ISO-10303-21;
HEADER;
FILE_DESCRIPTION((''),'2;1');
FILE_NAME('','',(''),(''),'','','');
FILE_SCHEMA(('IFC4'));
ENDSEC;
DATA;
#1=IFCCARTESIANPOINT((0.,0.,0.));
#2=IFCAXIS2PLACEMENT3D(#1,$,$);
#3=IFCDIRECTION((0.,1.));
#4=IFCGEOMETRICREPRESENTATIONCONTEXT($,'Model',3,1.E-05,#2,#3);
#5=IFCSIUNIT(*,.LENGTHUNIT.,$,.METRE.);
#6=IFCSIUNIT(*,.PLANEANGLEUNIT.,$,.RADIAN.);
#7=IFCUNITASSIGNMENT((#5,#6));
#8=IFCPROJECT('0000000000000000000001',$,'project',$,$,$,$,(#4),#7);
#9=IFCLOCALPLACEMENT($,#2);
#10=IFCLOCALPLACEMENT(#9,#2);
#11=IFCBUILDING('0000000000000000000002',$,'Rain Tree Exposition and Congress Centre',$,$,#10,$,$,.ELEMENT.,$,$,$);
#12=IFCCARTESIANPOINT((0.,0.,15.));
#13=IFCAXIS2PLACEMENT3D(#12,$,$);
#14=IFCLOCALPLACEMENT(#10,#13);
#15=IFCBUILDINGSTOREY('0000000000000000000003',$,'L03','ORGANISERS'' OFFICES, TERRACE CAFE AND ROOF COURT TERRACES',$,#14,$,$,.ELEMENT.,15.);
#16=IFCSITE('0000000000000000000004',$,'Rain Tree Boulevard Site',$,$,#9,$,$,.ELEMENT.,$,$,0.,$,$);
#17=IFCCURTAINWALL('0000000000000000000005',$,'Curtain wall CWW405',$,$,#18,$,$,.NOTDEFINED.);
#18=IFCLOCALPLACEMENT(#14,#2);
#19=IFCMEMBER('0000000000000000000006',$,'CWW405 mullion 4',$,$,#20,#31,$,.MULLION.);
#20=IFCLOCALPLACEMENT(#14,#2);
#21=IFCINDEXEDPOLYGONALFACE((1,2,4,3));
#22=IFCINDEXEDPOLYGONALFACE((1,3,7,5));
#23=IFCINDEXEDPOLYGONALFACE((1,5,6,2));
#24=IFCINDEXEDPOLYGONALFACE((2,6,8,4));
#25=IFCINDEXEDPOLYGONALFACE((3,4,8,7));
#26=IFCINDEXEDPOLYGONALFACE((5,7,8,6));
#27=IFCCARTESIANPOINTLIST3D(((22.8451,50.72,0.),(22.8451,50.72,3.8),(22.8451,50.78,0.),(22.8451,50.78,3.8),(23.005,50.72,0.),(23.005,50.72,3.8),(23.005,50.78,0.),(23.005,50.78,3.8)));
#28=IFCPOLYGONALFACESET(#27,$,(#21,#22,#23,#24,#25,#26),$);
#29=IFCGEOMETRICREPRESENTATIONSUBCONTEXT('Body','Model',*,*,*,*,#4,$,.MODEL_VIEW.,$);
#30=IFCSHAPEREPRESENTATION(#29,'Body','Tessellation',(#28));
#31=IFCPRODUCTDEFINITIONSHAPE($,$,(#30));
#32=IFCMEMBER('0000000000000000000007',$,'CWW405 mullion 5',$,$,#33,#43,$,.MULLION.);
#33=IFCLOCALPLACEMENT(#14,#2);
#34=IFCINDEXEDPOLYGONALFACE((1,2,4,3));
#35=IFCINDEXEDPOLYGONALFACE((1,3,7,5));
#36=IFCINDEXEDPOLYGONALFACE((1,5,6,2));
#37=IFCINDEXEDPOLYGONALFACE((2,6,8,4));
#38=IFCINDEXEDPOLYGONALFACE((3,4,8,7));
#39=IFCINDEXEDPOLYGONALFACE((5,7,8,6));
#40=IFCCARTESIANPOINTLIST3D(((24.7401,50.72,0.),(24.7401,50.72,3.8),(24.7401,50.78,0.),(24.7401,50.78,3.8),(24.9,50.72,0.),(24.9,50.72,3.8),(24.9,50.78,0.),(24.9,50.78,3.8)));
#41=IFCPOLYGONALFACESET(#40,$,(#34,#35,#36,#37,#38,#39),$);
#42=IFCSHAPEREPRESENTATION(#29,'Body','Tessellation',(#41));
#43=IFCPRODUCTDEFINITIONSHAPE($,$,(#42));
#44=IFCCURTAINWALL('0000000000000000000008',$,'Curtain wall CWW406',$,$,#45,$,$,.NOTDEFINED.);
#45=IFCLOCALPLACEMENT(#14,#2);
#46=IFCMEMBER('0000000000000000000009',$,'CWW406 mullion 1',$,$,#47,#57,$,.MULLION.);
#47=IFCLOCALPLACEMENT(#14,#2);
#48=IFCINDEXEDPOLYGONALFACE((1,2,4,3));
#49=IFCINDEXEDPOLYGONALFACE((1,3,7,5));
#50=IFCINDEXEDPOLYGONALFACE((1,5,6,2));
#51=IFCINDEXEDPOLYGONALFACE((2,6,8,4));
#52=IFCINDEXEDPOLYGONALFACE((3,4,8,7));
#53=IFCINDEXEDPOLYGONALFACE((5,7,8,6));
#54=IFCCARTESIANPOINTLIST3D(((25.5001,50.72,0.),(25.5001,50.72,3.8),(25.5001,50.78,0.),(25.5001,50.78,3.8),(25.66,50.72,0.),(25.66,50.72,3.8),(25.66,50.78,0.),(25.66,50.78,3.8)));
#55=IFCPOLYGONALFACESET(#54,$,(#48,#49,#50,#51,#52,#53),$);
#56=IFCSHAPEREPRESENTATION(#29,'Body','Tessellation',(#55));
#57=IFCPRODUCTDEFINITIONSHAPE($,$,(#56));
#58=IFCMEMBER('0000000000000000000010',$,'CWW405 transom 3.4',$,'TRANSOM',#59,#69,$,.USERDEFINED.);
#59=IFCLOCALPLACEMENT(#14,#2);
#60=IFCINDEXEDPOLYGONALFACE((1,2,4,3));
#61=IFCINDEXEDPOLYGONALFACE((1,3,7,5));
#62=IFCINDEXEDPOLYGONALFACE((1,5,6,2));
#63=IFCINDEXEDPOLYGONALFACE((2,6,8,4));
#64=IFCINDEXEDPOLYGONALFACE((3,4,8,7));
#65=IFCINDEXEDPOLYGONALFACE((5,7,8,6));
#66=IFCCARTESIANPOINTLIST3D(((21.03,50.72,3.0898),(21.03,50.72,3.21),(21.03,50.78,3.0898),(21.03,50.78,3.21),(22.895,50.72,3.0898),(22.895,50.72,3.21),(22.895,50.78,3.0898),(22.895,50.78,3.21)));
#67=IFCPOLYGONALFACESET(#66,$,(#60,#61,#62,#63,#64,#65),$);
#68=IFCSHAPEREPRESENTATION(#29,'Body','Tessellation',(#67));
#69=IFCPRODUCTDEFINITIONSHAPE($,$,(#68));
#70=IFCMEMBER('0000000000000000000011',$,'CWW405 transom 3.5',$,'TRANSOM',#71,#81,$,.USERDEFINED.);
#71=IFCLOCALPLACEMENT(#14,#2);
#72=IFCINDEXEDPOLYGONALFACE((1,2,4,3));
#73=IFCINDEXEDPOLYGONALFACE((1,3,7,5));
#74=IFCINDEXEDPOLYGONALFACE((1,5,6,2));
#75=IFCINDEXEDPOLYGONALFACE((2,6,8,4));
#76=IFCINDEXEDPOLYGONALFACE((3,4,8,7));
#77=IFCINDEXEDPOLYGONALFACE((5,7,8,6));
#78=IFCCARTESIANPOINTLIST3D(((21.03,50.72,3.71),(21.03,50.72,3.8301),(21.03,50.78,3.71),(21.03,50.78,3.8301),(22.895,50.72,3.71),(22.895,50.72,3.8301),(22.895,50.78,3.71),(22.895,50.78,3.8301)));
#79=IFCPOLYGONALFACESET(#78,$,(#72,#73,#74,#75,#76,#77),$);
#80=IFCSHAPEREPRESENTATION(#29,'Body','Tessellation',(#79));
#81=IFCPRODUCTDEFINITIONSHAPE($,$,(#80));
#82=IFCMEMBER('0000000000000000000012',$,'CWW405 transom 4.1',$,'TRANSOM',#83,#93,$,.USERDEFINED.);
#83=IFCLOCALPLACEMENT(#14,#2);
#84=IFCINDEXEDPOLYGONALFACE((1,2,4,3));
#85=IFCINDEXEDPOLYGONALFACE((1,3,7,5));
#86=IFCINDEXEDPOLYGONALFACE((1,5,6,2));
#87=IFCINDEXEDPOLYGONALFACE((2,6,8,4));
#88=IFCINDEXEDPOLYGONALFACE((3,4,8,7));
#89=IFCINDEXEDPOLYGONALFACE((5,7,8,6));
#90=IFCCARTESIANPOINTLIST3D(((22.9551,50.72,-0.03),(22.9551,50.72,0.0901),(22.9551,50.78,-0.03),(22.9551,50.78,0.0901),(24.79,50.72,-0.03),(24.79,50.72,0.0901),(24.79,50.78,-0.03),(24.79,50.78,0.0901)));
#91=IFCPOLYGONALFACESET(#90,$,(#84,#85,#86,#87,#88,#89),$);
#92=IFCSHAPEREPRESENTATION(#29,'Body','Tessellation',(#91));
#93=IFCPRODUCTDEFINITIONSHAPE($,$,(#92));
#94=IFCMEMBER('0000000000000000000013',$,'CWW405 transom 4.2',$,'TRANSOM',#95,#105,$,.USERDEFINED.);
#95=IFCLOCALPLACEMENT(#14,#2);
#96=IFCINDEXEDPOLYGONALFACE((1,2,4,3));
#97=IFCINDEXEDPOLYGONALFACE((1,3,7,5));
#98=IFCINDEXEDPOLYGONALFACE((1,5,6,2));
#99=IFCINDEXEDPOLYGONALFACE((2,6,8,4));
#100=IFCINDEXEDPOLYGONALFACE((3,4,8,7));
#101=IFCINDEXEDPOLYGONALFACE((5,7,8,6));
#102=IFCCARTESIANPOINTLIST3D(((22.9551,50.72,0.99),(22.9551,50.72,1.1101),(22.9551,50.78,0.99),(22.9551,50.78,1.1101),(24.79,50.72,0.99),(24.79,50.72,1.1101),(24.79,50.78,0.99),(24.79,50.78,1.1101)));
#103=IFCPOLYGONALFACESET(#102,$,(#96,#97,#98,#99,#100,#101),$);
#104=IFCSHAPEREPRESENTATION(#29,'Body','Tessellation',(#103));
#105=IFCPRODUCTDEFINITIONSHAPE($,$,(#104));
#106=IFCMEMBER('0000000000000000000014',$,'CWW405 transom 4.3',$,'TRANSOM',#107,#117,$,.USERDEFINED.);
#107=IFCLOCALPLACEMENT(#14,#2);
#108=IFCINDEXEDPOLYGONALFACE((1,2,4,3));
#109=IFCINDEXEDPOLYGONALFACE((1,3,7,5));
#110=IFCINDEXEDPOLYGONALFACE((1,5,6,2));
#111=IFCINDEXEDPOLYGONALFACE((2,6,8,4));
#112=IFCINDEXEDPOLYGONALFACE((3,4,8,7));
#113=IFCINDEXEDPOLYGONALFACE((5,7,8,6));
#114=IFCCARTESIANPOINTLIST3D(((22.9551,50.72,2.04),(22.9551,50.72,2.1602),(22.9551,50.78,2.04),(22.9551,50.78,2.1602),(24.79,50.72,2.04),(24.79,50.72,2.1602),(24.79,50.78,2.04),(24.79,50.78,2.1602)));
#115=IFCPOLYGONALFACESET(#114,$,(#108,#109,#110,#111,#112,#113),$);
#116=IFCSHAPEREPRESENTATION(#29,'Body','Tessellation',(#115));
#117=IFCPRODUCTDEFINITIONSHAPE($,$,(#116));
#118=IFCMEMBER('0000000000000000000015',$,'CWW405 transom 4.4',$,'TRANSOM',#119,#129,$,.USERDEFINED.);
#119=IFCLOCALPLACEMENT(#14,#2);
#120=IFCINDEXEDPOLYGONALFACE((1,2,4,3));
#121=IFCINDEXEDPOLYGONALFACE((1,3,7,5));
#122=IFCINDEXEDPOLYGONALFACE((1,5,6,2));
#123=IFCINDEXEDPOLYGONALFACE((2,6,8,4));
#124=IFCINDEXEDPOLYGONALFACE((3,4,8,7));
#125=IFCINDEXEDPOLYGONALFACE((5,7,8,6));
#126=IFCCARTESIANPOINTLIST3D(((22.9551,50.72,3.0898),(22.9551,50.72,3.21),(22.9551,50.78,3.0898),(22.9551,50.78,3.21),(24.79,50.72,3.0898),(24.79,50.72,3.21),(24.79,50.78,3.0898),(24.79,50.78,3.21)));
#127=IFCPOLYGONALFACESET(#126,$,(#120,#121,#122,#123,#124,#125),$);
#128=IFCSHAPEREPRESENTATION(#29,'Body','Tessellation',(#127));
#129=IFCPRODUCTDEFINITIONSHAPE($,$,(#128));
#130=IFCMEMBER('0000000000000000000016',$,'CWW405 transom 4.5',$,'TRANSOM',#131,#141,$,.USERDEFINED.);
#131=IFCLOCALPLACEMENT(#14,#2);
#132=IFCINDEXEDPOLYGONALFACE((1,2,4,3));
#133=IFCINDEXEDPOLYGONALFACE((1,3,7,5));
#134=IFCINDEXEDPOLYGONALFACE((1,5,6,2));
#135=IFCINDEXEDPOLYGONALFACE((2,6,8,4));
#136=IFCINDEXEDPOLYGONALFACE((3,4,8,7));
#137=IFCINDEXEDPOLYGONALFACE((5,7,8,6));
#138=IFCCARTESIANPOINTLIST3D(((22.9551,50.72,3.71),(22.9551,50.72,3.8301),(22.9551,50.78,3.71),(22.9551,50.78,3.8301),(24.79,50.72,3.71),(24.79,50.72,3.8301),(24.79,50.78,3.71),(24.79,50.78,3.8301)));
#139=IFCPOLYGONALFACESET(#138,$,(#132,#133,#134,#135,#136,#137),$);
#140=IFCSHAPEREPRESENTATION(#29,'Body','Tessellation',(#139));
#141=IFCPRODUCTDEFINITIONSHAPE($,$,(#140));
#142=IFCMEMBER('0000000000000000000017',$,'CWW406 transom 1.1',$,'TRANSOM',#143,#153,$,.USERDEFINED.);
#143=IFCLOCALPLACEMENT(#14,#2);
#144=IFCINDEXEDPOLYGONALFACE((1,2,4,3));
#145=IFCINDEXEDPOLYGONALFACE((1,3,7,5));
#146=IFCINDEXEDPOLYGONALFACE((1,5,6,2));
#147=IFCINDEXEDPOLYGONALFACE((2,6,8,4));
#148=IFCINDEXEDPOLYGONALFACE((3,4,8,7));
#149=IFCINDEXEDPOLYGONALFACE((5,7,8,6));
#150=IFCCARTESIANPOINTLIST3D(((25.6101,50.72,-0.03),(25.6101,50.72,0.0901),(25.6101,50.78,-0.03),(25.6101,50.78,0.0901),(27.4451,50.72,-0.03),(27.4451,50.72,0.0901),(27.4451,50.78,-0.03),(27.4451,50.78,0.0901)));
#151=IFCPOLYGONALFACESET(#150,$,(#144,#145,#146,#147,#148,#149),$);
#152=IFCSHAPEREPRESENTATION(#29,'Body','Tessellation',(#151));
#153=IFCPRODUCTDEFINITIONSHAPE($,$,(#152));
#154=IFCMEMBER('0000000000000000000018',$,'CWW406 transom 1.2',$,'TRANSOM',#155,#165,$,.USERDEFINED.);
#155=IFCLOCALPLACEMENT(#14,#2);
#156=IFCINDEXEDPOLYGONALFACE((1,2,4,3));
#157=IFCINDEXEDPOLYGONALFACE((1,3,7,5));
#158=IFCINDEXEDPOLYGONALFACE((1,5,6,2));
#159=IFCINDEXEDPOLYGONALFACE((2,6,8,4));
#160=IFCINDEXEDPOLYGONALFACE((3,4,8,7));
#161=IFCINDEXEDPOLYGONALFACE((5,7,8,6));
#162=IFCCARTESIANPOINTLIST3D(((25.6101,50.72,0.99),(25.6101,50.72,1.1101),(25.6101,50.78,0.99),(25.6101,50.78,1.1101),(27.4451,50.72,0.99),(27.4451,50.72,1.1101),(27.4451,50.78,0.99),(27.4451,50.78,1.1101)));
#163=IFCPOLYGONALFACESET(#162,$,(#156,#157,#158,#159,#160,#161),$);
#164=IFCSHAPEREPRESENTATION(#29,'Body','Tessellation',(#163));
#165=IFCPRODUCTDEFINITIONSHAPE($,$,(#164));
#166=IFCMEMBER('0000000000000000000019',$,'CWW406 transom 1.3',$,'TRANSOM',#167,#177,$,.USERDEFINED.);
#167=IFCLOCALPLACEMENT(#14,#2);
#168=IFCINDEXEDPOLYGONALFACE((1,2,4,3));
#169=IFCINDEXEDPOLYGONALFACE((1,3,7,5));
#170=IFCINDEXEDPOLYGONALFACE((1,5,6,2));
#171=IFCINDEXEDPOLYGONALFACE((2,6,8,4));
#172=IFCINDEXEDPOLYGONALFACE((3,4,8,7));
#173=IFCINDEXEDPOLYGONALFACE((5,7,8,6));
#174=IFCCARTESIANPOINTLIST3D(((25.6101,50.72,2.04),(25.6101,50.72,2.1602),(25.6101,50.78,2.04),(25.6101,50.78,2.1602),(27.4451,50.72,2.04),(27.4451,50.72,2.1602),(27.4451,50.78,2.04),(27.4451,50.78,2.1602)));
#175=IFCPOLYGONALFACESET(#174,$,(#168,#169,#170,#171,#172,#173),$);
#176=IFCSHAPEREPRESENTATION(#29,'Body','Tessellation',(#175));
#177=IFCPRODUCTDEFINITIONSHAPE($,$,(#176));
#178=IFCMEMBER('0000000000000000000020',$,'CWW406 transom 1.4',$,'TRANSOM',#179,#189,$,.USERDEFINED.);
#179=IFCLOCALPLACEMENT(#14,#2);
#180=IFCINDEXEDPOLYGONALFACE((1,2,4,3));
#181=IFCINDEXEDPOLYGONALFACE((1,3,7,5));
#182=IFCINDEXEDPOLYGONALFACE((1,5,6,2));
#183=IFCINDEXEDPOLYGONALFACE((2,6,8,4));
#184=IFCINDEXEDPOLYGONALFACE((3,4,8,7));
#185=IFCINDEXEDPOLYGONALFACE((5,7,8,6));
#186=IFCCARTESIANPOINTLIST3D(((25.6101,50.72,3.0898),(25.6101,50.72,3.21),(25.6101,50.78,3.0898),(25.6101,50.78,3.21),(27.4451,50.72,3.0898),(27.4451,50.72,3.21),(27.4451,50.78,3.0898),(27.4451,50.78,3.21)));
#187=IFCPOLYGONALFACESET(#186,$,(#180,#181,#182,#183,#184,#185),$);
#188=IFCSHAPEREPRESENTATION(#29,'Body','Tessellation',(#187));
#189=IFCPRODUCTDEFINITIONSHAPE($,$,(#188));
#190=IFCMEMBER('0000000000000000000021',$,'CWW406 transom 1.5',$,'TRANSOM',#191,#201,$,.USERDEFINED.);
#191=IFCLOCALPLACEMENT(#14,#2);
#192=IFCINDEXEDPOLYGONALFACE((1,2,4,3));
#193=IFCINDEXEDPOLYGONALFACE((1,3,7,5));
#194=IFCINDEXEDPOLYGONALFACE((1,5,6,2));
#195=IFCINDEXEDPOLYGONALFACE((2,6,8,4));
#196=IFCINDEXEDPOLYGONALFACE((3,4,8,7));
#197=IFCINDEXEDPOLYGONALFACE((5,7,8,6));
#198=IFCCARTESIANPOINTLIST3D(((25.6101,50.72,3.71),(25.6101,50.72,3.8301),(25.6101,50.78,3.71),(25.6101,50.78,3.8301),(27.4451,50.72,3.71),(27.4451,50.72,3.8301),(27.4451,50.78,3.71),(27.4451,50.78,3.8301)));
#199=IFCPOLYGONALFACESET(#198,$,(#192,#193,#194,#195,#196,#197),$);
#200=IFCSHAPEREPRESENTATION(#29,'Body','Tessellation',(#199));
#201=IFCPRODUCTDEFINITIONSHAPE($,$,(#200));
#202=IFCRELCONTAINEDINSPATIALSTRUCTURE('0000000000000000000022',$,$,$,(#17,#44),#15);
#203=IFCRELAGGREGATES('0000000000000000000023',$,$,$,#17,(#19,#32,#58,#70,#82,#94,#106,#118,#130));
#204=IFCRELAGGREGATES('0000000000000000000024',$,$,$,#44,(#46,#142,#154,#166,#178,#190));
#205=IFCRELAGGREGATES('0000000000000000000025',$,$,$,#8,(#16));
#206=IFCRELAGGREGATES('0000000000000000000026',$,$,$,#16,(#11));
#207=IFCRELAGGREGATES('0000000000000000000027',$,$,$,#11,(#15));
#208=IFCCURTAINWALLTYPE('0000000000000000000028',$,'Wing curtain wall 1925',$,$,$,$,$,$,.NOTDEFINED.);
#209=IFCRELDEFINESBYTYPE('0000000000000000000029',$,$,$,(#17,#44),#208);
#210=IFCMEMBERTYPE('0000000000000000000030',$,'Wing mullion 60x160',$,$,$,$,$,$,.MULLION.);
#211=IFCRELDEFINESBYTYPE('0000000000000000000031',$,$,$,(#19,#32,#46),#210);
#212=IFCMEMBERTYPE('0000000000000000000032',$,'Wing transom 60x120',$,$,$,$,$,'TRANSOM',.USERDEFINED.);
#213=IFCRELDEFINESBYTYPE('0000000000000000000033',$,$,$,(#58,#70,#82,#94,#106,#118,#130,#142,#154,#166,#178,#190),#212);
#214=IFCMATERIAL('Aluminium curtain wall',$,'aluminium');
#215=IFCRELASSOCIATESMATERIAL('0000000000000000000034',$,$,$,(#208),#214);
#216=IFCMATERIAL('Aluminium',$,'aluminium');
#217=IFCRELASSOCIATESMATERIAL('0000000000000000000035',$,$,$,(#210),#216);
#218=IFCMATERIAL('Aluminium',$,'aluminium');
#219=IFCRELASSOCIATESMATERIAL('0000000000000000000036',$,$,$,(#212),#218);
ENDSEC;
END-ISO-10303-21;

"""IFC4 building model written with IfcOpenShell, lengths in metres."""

from ifc_helpers import new_model, si_unit, direction, frame, origin, origin_2d, place, context, subcontext, project, spatial, rectangle, extrude, material, material_profile, profile_set, type_object, element, aggregate, save


model = new_model("IFC4")

# Units and contexts
model_context = context("Model", 3, precision=1e-05, world=origin(), true_north=direction((0.0, 1.0)))
body_context = subcontext(model_context, "Body", "Model", "MODEL_VIEW")
ifc_project = project(units=[si_unit("LENGTHUNIT", "METRE"), si_unit("PLANEANGLEUNIT", "RADIAN")], contexts=[model_context])

# Site, building, storey
site_placement = place(None, origin())
site = spatial("IfcSite", under=ifc_project, at=site_placement, Name="Rain Tree Boulevard Site", CompositionType="ELEMENT", RefElevation=0.0)
building_placement = place(site_placement, origin())
building = spatial("IfcBuilding", under=site, at=building_placement, Name="Rain Tree Exposition and Congress Centre", CompositionType="ELEMENT")
storey_placement = place(building_placement, frame((0.0, 0.0, 15.0)))
storey = spatial("IfcBuildingStorey", under=building, at=storey_placement, Name="L03", Description="ORGANISERS' OFFICES, TERRACE CAFE AND ROOF COURT TERRACES", CompositionType="ELEMENT", Elevation=15.0)

# Curtain wall, members
ifc_material_1 = material(Name="Aluminium curtain wall", Category="aluminium")
curtain_wall_type = type_object("IfcCurtainWallType", Name="Wing curtain wall 1925", PredefinedType="NOTDEFINED", material=ifc_material_1)
curtain_wall_1_placement = place(storey_placement, origin())
curtain_wall_1 = element("IfcCurtainWall", 1, at=curtain_wall_1_placement, inside=storey, type_object=curtain_wall_type, Name="Curtain wall CWW405", PredefinedType="NOTDEFINED")
ifc_material_2 = material(Name="Aluminium", Category="aluminium")
ifc_material_profile_1 = material_profile(ifc_material_2, rectangle(XDim=0.0601, YDim=0.1599, at=origin_2d()), Name="Aluminium 60x160")
ifc_profile_set_1 = profile_set([ifc_material_profile_1], Name="Aluminium")
member_type_1 = type_object("IfcMemberType", Name="Wing mullion 60x160", PredefinedType="MULLION", material=ifc_profile_set_1)
member_1_placement = place(storey_placement, frame((22.925, 50.75, 0.0), z_axis=(0.0, 0.0, 1.0), x_axis=(0.0, 1.0, 0.0)))
member_1 = element("IfcMember", 2, at=member_1_placement, type_object=member_type_1, Name="CWW405 mullion 4", PredefinedType="MULLION", context=body_context, shape_type="SweptSolid", body=[
    extrude(rectangle(XDim=0.0601, YDim=0.1599, at=origin_2d()), origin(), (0.0, 0.0, 1.0), 3.8),
])
member_2_placement = place(storey_placement, frame((24.8201, 50.75, 0.0), z_axis=(0.0, 0.0, 1.0), x_axis=(0.0, 1.0, 0.0)))
member_2 = element("IfcMember", 3, at=member_2_placement, type_object=member_type_1, Name="CWW405 mullion 5", PredefinedType="MULLION", context=body_context, shape_type="SweptSolid", body=[
    extrude(rectangle(XDim=0.0601, YDim=0.1599, at=origin_2d()), origin(), (0.0, 0.0, 1.0), 3.8),
])

# Curtain wall, member
curtain_wall_2_placement = place(storey_placement, origin())
curtain_wall_2 = element("IfcCurtainWall", 4, at=curtain_wall_2_placement, inside=storey, type_object=curtain_wall_type, Name="Curtain wall CWW406", PredefinedType="NOTDEFINED")
member_3_placement = place(storey_placement, frame((25.5801, 50.75, 0.0), z_axis=(0.0, 0.0, 1.0), x_axis=(0.0, 1.0, 0.0)))
member_3 = element("IfcMember", 5, at=member_3_placement, type_object=member_type_1, Name="CWW406 mullion 1", PredefinedType="MULLION", context=body_context, shape_type="SweptSolid", body=[
    extrude(rectangle(XDim=0.0601, YDim=0.1599, at=origin_2d()), origin(), (0.0, 0.0, 1.0), 3.8),
])

# Members
ifc_material_3 = material(Name="Aluminium", Category="aluminium")
ifc_material_profile_2 = material_profile(ifc_material_3, rectangle(XDim=0.0601, YDim=0.1201, at=origin_2d()), Name="Aluminium 60x120")
ifc_profile_set_2 = profile_set([ifc_material_profile_2], Name="Aluminium")
member_type_2 = type_object("IfcMemberType", Name="Wing transom 60x120", ElementType="TRANSOM", PredefinedType="USERDEFINED", material=ifc_profile_set_2)
member_4_placement = place(storey_placement, frame((21.03, 50.75, 3.1499), z_axis=(1.0, 0.0, 0.0), x_axis=(0.0, 1.0, 0.0)))
member_4 = element("IfcMember", 6, at=member_4_placement, type_object=member_type_2, Name="CWW405 transom 3.4", ObjectType="TRANSOM", PredefinedType="USERDEFINED", context=body_context, shape_type="SweptSolid", body=[
    extrude(rectangle(XDim=0.0601, YDim=0.1201, at=origin_2d()), origin(), (0.0, 0.0, 1.0), 1.865),
])
member_5_placement = place(storey_placement, frame((21.03, 50.75, 3.77), z_axis=(1.0, 0.0, 0.0), x_axis=(0.0, 1.0, 0.0)))
member_5 = element("IfcMember", 7, at=member_5_placement, type_object=member_type_2, Name="CWW405 transom 3.5", ObjectType="TRANSOM", PredefinedType="USERDEFINED", context=body_context, shape_type="SweptSolid", body=[
    extrude(rectangle(XDim=0.0601, YDim=0.1201, at=origin_2d()), origin(), (0.0, 0.0, 1.0), 1.865),
])
member_6_placement = place(storey_placement, frame((22.9551, 50.75, 0.03), z_axis=(1.0, 0.0, 0.0), x_axis=(0.0, 1.0, 0.0)))
member_6 = element("IfcMember", 8, at=member_6_placement, type_object=member_type_2, Name="CWW405 transom 4.1", ObjectType="TRANSOM", PredefinedType="USERDEFINED", context=body_context, shape_type="SweptSolid", body=[
    extrude(rectangle(XDim=0.0601, YDim=0.1201, at=origin_2d()), origin(), (0.0, 0.0, 1.0), 1.835),
])
member_7_placement = place(storey_placement, frame((22.9551, 50.75, 1.05), z_axis=(1.0, 0.0, 0.0), x_axis=(0.0, 1.0, 0.0)))
member_7 = element("IfcMember", 9, at=member_7_placement, type_object=member_type_2, Name="CWW405 transom 4.2", ObjectType="TRANSOM", PredefinedType="USERDEFINED", context=body_context, shape_type="SweptSolid", body=[
    extrude(rectangle(XDim=0.0601, YDim=0.1201, at=origin_2d()), origin(), (0.0, 0.0, 1.0), 1.835),
])
member_8_placement = place(storey_placement, frame((22.9551, 50.75, 2.1001), z_axis=(1.0, 0.0, 0.0), x_axis=(0.0, 1.0, 0.0)))
member_8 = element("IfcMember", 10, at=member_8_placement, type_object=member_type_2, Name="CWW405 transom 4.3", ObjectType="TRANSOM", PredefinedType="USERDEFINED", context=body_context, shape_type="SweptSolid", body=[
    extrude(rectangle(XDim=0.0601, YDim=0.1201, at=origin_2d()), origin(), (0.0, 0.0, 1.0), 1.835),
])
member_9_placement = place(storey_placement, frame((22.9551, 50.75, 3.1499), z_axis=(1.0, 0.0, 0.0), x_axis=(0.0, 1.0, 0.0)))
member_9 = element("IfcMember", 11, at=member_9_placement, type_object=member_type_2, Name="CWW405 transom 4.4", ObjectType="TRANSOM", PredefinedType="USERDEFINED", context=body_context, shape_type="SweptSolid", body=[
    extrude(rectangle(XDim=0.0601, YDim=0.1201, at=origin_2d()), origin(), (0.0, 0.0, 1.0), 1.835),
])
member_10_placement = place(storey_placement, frame((22.9551, 50.75, 3.77), z_axis=(1.0, 0.0, 0.0), x_axis=(0.0, 1.0, 0.0)))
member_10 = element("IfcMember", 12, at=member_10_placement, type_object=member_type_2, Name="CWW405 transom 4.5", ObjectType="TRANSOM", PredefinedType="USERDEFINED", context=body_context, shape_type="SweptSolid", body=[
    extrude(rectangle(XDim=0.0601, YDim=0.1201, at=origin_2d()), origin(), (0.0, 0.0, 1.0), 1.835),
])
member_11_placement = place(storey_placement, frame((25.6101, 50.75, 0.03), z_axis=(1.0, 0.0, 0.0), x_axis=(0.0, 1.0, 0.0)))
member_11 = element("IfcMember", 13, at=member_11_placement, type_object=member_type_2, Name="CWW406 transom 1.1", ObjectType="TRANSOM", PredefinedType="USERDEFINED", context=body_context, shape_type="SweptSolid", body=[
    extrude(rectangle(XDim=0.0601, YDim=0.1201, at=origin_2d()), origin(), (0.0, 0.0, 1.0), 1.835),
])
member_12_placement = place(storey_placement, frame((25.6101, 50.75, 1.05), z_axis=(1.0, 0.0, 0.0), x_axis=(0.0, 1.0, 0.0)))
member_12 = element("IfcMember", 14, at=member_12_placement, type_object=member_type_2, Name="CWW406 transom 1.2", ObjectType="TRANSOM", PredefinedType="USERDEFINED", context=body_context, shape_type="SweptSolid", body=[
    extrude(rectangle(XDim=0.0601, YDim=0.1201, at=origin_2d()), origin(), (0.0, 0.0, 1.0), 1.835),
])
member_13_placement = place(storey_placement, frame((25.6101, 50.75, 2.1001), z_axis=(1.0, 0.0, 0.0), x_axis=(0.0, 1.0, 0.0)))
member_13 = element("IfcMember", 15, at=member_13_placement, type_object=member_type_2, Name="CWW406 transom 1.3", ObjectType="TRANSOM", PredefinedType="USERDEFINED", context=body_context, shape_type="SweptSolid", body=[
    extrude(rectangle(XDim=0.0601, YDim=0.1201, at=origin_2d()), origin(), (0.0, 0.0, 1.0), 1.835),
])
member_14_placement = place(storey_placement, frame((25.6101, 50.75, 3.1499), z_axis=(1.0, 0.0, 0.0), x_axis=(0.0, 1.0, 0.0)))
member_14 = element("IfcMember", 16, at=member_14_placement, type_object=member_type_2, Name="CWW406 transom 1.4", ObjectType="TRANSOM", PredefinedType="USERDEFINED", context=body_context, shape_type="SweptSolid", body=[
    extrude(rectangle(XDim=0.0601, YDim=0.1201, at=origin_2d()), origin(), (0.0, 0.0, 1.0), 1.835),
])
member_15_placement = place(storey_placement, frame((25.6101, 50.75, 3.77), z_axis=(1.0, 0.0, 0.0), x_axis=(0.0, 1.0, 0.0)))
member_15 = element("IfcMember", 17, at=member_15_placement, type_object=member_type_2, Name="CWW406 transom 1.5", ObjectType="TRANSOM", PredefinedType="USERDEFINED", context=body_context, shape_type="SweptSolid", body=[
    extrude(rectangle(XDim=0.0601, YDim=0.1201, at=origin_2d()), origin(), (0.0, 0.0, 1.0), 1.835),
])

aggregate(curtain_wall_1, [member_1, member_2, member_4, member_5, member_6, member_7, member_8, member_9, member_10])
aggregate(curtain_wall_2, [member_3, member_11, member_12, member_13, member_14, member_15])

save(model, "model.ifc")
